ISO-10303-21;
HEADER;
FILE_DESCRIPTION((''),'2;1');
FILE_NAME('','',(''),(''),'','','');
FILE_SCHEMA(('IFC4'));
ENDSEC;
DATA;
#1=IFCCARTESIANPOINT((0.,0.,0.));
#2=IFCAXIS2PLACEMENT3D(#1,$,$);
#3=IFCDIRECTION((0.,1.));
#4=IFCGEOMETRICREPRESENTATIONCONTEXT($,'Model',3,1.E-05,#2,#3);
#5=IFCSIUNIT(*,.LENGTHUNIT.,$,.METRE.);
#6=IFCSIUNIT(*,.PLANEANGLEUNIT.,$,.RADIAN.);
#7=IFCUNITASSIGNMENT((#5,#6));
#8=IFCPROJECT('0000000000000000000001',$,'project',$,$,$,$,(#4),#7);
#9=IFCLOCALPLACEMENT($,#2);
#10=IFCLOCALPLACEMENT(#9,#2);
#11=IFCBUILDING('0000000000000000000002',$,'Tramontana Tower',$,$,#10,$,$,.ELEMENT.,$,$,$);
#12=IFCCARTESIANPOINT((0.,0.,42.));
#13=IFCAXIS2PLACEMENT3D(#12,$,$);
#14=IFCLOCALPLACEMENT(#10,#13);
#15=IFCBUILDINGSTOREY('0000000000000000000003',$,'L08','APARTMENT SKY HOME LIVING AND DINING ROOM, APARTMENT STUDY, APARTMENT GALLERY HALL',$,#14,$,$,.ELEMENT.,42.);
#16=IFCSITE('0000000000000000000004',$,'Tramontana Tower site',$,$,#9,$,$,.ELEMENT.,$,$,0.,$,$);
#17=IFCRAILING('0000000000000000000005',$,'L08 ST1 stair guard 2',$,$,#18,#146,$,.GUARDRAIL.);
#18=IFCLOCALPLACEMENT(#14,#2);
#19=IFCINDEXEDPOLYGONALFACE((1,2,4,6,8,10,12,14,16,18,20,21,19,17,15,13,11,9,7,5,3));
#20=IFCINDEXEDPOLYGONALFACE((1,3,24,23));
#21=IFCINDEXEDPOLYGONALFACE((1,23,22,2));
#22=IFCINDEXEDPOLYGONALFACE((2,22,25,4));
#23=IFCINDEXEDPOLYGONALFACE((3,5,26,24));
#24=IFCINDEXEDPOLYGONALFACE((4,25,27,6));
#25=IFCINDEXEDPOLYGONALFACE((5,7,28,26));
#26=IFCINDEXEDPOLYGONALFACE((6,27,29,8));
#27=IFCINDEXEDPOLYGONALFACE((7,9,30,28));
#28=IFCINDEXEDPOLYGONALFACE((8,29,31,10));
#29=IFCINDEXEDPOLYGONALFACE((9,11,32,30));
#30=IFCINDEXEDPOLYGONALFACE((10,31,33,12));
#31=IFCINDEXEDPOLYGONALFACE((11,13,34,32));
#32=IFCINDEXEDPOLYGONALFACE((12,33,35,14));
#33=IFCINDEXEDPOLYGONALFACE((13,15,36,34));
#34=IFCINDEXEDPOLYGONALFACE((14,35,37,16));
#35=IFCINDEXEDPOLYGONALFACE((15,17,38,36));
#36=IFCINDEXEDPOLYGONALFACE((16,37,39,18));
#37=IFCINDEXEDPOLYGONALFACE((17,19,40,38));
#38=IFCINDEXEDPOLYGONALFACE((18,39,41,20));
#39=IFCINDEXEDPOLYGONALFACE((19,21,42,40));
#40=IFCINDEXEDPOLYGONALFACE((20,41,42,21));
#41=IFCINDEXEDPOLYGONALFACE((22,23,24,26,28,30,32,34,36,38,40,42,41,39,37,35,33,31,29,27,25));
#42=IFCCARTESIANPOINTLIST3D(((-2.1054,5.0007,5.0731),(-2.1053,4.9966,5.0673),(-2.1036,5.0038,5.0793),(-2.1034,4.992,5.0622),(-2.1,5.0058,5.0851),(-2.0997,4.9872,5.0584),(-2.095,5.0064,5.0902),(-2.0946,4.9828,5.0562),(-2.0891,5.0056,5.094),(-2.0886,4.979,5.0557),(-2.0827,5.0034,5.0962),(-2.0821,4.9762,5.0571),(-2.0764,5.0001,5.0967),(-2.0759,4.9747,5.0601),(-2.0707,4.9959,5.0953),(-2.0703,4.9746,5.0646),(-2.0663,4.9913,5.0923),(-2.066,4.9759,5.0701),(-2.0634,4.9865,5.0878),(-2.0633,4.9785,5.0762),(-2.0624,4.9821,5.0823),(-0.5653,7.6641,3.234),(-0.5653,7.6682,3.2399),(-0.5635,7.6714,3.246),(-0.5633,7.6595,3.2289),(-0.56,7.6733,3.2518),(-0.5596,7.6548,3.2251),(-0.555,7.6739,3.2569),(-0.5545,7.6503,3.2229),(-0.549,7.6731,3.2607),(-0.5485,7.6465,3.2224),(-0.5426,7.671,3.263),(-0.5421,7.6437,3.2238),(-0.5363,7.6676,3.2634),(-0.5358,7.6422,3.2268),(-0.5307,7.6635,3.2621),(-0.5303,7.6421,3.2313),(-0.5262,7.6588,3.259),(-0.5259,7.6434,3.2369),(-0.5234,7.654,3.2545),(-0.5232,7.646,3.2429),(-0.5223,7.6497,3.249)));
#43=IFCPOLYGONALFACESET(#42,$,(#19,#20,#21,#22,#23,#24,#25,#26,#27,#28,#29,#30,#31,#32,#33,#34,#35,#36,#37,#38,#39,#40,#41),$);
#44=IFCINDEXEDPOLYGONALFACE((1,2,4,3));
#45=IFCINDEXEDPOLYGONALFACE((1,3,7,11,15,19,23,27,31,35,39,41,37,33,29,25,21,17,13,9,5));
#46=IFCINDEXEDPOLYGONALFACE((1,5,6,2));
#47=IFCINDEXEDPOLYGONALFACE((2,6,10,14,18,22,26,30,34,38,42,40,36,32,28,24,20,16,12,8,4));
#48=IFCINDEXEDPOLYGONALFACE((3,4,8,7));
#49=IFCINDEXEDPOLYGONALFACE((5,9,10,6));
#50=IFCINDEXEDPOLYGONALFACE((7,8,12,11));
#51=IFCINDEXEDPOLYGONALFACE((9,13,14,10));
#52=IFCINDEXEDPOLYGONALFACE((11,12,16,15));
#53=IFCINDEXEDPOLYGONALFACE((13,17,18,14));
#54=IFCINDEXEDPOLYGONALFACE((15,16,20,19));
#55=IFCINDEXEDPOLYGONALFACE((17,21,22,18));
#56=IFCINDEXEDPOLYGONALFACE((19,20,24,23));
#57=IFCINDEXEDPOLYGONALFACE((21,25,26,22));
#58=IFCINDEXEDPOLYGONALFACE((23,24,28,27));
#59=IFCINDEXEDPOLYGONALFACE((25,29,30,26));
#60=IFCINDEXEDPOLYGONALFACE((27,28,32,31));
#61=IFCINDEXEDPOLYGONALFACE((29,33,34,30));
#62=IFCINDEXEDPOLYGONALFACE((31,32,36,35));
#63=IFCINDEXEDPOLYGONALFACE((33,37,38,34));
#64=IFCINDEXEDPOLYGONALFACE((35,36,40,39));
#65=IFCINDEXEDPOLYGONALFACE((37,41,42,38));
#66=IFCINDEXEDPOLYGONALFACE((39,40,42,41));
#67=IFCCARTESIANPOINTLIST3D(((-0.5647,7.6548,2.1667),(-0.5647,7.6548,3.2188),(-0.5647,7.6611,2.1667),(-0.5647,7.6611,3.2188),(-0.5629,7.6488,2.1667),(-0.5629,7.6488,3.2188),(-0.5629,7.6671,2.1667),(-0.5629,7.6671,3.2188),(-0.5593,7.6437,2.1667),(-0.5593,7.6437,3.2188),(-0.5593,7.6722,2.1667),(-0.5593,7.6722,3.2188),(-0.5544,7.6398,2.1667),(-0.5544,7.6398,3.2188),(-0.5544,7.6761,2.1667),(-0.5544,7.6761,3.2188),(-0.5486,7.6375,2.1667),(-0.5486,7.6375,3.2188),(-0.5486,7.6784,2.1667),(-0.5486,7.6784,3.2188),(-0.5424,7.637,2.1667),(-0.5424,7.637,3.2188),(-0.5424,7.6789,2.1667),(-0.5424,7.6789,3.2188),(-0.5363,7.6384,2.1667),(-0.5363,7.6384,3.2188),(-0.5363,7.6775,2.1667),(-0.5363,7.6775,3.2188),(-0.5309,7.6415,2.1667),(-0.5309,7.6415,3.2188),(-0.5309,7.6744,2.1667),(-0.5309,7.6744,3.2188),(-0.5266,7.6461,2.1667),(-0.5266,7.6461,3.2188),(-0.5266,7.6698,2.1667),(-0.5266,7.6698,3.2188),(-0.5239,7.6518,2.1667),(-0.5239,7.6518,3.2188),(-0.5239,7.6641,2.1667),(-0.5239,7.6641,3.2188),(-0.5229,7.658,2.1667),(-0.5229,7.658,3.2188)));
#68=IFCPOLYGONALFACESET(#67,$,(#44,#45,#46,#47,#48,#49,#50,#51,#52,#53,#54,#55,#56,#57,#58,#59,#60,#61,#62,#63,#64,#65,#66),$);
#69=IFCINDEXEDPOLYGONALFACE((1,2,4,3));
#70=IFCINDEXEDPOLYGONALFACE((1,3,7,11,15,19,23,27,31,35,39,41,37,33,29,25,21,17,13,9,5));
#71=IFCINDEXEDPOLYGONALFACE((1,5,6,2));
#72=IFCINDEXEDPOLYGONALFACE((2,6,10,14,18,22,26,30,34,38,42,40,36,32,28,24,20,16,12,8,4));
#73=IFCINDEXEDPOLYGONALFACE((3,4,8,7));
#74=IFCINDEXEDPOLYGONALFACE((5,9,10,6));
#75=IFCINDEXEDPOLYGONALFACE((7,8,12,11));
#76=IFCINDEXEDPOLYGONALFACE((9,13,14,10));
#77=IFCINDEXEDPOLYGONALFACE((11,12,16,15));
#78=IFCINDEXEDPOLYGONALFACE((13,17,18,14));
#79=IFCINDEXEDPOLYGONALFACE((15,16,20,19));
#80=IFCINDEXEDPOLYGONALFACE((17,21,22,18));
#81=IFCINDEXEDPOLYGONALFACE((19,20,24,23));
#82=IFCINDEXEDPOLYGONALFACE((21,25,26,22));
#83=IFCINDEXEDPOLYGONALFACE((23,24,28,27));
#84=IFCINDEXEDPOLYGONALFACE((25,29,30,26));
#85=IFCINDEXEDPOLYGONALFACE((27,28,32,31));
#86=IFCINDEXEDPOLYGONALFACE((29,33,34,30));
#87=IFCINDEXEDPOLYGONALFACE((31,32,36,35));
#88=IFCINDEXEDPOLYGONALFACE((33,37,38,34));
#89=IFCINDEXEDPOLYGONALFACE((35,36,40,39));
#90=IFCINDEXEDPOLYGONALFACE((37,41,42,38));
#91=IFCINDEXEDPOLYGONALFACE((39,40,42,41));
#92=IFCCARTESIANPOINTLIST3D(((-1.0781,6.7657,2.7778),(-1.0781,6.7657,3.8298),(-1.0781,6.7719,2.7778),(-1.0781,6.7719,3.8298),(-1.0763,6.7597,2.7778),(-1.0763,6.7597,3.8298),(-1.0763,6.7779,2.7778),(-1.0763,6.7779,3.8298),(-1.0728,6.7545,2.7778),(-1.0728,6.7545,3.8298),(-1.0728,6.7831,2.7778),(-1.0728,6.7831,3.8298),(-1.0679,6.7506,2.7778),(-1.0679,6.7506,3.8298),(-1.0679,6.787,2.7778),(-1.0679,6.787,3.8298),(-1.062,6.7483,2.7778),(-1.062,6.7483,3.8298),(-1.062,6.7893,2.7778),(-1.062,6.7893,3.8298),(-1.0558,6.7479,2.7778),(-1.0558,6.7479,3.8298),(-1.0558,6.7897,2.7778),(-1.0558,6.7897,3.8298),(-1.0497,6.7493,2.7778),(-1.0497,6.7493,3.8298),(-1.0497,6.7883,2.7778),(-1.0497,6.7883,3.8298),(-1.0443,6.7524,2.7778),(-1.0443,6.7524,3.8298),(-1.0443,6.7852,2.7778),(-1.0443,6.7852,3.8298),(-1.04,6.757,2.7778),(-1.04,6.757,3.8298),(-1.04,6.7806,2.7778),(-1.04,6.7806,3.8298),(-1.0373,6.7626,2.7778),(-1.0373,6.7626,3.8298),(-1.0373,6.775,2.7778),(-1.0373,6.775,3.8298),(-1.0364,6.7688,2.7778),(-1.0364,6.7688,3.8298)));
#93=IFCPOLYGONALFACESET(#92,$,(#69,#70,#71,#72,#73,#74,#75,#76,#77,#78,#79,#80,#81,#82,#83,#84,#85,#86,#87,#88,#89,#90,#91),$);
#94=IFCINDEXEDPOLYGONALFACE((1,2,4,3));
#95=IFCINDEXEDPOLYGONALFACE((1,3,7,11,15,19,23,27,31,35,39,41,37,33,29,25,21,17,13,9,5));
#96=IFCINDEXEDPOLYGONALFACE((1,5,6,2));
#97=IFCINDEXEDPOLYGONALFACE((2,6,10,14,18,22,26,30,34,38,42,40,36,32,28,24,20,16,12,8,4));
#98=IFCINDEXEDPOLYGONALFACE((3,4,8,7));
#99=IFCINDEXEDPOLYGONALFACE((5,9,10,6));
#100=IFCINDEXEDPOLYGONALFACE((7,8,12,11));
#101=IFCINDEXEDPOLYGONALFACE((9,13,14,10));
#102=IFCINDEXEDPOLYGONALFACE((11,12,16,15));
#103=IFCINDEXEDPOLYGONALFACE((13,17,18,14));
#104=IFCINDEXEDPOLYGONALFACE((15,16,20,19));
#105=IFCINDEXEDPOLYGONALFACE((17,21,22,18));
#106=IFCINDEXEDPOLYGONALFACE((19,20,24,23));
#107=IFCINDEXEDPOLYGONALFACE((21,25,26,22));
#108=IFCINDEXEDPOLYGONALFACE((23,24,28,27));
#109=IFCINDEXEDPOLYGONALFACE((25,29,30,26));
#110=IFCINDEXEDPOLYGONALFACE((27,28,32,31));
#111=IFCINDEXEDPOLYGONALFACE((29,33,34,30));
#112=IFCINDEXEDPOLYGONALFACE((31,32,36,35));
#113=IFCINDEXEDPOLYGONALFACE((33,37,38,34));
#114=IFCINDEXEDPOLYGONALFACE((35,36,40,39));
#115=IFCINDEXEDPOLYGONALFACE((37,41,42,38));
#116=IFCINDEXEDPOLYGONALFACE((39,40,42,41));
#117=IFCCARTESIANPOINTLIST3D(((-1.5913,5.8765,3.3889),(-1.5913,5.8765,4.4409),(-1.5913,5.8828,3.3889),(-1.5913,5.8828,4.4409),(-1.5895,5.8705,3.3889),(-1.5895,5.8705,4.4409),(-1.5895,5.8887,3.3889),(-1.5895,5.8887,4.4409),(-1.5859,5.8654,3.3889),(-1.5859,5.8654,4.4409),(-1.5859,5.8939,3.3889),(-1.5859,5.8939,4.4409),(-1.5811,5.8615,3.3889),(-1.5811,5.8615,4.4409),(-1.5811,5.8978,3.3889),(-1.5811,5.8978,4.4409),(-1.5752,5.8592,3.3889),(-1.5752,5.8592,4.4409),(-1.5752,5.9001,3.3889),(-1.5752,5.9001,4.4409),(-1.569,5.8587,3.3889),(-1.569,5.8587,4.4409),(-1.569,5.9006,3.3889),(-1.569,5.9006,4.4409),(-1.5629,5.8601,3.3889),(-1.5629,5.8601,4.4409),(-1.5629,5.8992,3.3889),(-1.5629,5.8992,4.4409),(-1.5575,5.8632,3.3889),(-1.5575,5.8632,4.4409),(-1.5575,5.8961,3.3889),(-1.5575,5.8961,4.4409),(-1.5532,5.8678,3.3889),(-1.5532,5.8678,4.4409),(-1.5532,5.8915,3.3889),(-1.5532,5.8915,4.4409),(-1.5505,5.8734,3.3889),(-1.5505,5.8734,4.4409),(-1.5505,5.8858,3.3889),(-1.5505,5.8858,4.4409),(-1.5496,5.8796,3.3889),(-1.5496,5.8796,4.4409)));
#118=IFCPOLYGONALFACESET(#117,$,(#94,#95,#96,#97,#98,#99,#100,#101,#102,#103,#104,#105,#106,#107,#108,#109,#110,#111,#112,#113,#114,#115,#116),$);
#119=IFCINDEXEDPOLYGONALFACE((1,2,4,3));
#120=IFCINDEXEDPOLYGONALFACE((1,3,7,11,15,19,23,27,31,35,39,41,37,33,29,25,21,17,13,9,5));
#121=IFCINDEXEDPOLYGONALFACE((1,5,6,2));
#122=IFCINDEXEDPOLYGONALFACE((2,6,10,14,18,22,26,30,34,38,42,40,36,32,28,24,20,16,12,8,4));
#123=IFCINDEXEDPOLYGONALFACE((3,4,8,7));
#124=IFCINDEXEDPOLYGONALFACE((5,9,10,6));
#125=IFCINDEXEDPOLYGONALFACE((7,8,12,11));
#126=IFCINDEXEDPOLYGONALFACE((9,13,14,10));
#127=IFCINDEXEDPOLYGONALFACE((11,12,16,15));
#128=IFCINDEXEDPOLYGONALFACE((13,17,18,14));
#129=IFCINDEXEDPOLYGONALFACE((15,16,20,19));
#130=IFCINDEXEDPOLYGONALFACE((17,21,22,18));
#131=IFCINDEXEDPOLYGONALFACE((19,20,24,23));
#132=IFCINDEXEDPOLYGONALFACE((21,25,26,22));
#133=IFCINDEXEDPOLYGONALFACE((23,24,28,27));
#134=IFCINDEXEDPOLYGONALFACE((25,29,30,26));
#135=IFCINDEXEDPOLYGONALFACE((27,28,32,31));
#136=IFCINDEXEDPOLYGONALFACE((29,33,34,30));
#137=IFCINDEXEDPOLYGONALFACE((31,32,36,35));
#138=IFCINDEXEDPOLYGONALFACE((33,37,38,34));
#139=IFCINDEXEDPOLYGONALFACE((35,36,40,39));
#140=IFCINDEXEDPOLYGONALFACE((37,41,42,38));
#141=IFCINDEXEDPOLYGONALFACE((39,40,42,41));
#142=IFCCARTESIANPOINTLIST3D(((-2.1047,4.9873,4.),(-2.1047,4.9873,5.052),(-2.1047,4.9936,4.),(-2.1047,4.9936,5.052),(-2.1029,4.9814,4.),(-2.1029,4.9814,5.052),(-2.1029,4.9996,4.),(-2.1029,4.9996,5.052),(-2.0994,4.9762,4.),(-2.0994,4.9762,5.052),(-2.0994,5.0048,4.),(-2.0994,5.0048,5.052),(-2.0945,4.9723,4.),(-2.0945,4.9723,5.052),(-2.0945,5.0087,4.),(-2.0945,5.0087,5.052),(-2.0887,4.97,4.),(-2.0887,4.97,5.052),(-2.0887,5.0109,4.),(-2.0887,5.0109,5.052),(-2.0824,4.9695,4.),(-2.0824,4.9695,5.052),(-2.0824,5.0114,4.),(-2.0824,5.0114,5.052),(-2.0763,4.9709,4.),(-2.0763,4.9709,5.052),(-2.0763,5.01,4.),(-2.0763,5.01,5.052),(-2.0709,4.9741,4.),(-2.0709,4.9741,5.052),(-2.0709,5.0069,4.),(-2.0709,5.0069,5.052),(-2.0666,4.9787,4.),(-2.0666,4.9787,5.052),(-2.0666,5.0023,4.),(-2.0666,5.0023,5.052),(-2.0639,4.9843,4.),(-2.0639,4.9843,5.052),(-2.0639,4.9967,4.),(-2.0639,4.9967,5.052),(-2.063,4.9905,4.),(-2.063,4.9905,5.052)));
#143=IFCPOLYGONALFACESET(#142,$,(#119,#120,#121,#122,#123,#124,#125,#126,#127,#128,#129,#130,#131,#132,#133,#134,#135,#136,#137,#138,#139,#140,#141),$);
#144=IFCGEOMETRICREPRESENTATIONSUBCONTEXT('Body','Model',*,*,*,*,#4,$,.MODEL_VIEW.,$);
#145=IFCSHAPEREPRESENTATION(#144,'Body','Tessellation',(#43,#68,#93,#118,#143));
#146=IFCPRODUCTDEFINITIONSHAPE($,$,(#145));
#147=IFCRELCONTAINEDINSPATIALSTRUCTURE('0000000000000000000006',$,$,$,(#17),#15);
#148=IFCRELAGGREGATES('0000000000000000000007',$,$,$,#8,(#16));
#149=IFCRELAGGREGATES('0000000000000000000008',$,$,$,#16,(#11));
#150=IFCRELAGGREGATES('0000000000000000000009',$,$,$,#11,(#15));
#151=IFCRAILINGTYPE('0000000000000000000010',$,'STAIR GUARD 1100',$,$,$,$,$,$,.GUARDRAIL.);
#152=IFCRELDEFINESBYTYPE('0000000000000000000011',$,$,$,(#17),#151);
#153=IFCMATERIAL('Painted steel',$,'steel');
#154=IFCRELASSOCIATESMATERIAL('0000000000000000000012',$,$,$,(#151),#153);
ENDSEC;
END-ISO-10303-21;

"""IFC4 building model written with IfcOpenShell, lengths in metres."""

from ifc_helpers import new_model, si_unit, direction, frame, origin, origin_2d, place, context, subcontext, project, spatial, circle, extrude, material, type_object, element, save


model = new_model("IFC4")

# Units and contexts
model_context = context("Model", 3, precision=1e-05, world=origin(), true_north=direction((0.0, 1.0)))
body_context = subcontext(model_context, "Body", "Model", "MODEL_VIEW")
ifc_project = project(units=[si_unit("LENGTHUNIT", "METRE"), si_unit("PLANEANGLEUNIT", "RADIAN")], contexts=[model_context])

# Site, building, storey
site_placement = place(None, origin())
site = spatial("IfcSite", under=ifc_project, at=site_placement, Name="Tramontana Tower site", CompositionType="ELEMENT", RefElevation=0.0)
building_placement = place(site_placement, origin())
building = spatial("IfcBuilding", under=site, at=building_placement, Name="Tramontana Tower", CompositionType="ELEMENT")
storey_placement = place(building_placement, frame((0.0, 0.0, 42.0)))
storey = spatial("IfcBuildingStorey", under=building, at=storey_placement, Name="L08", Description="APARTMENT SKY HOME LIVING AND DINING ROOM, APARTMENT STUDY, APARTMENT GALLERY HALL", CompositionType="ELEMENT", Elevation=42.0)

# Railing
ifc_material_1 = material(Name="Painted steel", Category="steel")
railing_type_1 = type_object("IfcRailingType", Name="STAIR GUARD 1100", PredefinedType="GUARDRAIL", material=ifc_material_1)
railing_1_placement = place(storey_placement, frame((-0.5439, 7.658, 2.1667)))
element("IfcRailing", 1, at=railing_1_placement, inside=storey, type_object=railing_type_1, Name="L08 ST1 stair guard 2", PredefinedType="GUARDRAIL", context=body_context, shape_type="SweptSolid", body=[
    extrude(circle(Radius=0.0239, at=origin_2d()), frame((0.0, 0.0, 1.0762), z_axis=(-0.429649, -0.74419, 0.511452), x_axis=(0.86603, -0.499992, 0.0)), (0.0, 0.0, 1.0), 3.5845),
    extrude(circle(Radius=0.021, at=origin_2d()), origin(), (0.0, 0.0, 1.0), 1.052),
    extrude(circle(Radius=0.021, at=origin_2d()), frame((-0.5134, -0.8892, 0.6111)), (0.0, 0.0, 1.0), 1.052),
    extrude(circle(Radius=0.021, at=origin_2d()), frame((-1.0266, -1.7783, 1.2222)), (0.0, 0.0, 1.0), 1.052),
    extrude(circle(Radius=0.021, at=origin_2d()), frame((-1.54, -2.6675, 1.8333)), (0.0, 0.0, 1.0), 1.052),
])

save(model, "model.ifc")
